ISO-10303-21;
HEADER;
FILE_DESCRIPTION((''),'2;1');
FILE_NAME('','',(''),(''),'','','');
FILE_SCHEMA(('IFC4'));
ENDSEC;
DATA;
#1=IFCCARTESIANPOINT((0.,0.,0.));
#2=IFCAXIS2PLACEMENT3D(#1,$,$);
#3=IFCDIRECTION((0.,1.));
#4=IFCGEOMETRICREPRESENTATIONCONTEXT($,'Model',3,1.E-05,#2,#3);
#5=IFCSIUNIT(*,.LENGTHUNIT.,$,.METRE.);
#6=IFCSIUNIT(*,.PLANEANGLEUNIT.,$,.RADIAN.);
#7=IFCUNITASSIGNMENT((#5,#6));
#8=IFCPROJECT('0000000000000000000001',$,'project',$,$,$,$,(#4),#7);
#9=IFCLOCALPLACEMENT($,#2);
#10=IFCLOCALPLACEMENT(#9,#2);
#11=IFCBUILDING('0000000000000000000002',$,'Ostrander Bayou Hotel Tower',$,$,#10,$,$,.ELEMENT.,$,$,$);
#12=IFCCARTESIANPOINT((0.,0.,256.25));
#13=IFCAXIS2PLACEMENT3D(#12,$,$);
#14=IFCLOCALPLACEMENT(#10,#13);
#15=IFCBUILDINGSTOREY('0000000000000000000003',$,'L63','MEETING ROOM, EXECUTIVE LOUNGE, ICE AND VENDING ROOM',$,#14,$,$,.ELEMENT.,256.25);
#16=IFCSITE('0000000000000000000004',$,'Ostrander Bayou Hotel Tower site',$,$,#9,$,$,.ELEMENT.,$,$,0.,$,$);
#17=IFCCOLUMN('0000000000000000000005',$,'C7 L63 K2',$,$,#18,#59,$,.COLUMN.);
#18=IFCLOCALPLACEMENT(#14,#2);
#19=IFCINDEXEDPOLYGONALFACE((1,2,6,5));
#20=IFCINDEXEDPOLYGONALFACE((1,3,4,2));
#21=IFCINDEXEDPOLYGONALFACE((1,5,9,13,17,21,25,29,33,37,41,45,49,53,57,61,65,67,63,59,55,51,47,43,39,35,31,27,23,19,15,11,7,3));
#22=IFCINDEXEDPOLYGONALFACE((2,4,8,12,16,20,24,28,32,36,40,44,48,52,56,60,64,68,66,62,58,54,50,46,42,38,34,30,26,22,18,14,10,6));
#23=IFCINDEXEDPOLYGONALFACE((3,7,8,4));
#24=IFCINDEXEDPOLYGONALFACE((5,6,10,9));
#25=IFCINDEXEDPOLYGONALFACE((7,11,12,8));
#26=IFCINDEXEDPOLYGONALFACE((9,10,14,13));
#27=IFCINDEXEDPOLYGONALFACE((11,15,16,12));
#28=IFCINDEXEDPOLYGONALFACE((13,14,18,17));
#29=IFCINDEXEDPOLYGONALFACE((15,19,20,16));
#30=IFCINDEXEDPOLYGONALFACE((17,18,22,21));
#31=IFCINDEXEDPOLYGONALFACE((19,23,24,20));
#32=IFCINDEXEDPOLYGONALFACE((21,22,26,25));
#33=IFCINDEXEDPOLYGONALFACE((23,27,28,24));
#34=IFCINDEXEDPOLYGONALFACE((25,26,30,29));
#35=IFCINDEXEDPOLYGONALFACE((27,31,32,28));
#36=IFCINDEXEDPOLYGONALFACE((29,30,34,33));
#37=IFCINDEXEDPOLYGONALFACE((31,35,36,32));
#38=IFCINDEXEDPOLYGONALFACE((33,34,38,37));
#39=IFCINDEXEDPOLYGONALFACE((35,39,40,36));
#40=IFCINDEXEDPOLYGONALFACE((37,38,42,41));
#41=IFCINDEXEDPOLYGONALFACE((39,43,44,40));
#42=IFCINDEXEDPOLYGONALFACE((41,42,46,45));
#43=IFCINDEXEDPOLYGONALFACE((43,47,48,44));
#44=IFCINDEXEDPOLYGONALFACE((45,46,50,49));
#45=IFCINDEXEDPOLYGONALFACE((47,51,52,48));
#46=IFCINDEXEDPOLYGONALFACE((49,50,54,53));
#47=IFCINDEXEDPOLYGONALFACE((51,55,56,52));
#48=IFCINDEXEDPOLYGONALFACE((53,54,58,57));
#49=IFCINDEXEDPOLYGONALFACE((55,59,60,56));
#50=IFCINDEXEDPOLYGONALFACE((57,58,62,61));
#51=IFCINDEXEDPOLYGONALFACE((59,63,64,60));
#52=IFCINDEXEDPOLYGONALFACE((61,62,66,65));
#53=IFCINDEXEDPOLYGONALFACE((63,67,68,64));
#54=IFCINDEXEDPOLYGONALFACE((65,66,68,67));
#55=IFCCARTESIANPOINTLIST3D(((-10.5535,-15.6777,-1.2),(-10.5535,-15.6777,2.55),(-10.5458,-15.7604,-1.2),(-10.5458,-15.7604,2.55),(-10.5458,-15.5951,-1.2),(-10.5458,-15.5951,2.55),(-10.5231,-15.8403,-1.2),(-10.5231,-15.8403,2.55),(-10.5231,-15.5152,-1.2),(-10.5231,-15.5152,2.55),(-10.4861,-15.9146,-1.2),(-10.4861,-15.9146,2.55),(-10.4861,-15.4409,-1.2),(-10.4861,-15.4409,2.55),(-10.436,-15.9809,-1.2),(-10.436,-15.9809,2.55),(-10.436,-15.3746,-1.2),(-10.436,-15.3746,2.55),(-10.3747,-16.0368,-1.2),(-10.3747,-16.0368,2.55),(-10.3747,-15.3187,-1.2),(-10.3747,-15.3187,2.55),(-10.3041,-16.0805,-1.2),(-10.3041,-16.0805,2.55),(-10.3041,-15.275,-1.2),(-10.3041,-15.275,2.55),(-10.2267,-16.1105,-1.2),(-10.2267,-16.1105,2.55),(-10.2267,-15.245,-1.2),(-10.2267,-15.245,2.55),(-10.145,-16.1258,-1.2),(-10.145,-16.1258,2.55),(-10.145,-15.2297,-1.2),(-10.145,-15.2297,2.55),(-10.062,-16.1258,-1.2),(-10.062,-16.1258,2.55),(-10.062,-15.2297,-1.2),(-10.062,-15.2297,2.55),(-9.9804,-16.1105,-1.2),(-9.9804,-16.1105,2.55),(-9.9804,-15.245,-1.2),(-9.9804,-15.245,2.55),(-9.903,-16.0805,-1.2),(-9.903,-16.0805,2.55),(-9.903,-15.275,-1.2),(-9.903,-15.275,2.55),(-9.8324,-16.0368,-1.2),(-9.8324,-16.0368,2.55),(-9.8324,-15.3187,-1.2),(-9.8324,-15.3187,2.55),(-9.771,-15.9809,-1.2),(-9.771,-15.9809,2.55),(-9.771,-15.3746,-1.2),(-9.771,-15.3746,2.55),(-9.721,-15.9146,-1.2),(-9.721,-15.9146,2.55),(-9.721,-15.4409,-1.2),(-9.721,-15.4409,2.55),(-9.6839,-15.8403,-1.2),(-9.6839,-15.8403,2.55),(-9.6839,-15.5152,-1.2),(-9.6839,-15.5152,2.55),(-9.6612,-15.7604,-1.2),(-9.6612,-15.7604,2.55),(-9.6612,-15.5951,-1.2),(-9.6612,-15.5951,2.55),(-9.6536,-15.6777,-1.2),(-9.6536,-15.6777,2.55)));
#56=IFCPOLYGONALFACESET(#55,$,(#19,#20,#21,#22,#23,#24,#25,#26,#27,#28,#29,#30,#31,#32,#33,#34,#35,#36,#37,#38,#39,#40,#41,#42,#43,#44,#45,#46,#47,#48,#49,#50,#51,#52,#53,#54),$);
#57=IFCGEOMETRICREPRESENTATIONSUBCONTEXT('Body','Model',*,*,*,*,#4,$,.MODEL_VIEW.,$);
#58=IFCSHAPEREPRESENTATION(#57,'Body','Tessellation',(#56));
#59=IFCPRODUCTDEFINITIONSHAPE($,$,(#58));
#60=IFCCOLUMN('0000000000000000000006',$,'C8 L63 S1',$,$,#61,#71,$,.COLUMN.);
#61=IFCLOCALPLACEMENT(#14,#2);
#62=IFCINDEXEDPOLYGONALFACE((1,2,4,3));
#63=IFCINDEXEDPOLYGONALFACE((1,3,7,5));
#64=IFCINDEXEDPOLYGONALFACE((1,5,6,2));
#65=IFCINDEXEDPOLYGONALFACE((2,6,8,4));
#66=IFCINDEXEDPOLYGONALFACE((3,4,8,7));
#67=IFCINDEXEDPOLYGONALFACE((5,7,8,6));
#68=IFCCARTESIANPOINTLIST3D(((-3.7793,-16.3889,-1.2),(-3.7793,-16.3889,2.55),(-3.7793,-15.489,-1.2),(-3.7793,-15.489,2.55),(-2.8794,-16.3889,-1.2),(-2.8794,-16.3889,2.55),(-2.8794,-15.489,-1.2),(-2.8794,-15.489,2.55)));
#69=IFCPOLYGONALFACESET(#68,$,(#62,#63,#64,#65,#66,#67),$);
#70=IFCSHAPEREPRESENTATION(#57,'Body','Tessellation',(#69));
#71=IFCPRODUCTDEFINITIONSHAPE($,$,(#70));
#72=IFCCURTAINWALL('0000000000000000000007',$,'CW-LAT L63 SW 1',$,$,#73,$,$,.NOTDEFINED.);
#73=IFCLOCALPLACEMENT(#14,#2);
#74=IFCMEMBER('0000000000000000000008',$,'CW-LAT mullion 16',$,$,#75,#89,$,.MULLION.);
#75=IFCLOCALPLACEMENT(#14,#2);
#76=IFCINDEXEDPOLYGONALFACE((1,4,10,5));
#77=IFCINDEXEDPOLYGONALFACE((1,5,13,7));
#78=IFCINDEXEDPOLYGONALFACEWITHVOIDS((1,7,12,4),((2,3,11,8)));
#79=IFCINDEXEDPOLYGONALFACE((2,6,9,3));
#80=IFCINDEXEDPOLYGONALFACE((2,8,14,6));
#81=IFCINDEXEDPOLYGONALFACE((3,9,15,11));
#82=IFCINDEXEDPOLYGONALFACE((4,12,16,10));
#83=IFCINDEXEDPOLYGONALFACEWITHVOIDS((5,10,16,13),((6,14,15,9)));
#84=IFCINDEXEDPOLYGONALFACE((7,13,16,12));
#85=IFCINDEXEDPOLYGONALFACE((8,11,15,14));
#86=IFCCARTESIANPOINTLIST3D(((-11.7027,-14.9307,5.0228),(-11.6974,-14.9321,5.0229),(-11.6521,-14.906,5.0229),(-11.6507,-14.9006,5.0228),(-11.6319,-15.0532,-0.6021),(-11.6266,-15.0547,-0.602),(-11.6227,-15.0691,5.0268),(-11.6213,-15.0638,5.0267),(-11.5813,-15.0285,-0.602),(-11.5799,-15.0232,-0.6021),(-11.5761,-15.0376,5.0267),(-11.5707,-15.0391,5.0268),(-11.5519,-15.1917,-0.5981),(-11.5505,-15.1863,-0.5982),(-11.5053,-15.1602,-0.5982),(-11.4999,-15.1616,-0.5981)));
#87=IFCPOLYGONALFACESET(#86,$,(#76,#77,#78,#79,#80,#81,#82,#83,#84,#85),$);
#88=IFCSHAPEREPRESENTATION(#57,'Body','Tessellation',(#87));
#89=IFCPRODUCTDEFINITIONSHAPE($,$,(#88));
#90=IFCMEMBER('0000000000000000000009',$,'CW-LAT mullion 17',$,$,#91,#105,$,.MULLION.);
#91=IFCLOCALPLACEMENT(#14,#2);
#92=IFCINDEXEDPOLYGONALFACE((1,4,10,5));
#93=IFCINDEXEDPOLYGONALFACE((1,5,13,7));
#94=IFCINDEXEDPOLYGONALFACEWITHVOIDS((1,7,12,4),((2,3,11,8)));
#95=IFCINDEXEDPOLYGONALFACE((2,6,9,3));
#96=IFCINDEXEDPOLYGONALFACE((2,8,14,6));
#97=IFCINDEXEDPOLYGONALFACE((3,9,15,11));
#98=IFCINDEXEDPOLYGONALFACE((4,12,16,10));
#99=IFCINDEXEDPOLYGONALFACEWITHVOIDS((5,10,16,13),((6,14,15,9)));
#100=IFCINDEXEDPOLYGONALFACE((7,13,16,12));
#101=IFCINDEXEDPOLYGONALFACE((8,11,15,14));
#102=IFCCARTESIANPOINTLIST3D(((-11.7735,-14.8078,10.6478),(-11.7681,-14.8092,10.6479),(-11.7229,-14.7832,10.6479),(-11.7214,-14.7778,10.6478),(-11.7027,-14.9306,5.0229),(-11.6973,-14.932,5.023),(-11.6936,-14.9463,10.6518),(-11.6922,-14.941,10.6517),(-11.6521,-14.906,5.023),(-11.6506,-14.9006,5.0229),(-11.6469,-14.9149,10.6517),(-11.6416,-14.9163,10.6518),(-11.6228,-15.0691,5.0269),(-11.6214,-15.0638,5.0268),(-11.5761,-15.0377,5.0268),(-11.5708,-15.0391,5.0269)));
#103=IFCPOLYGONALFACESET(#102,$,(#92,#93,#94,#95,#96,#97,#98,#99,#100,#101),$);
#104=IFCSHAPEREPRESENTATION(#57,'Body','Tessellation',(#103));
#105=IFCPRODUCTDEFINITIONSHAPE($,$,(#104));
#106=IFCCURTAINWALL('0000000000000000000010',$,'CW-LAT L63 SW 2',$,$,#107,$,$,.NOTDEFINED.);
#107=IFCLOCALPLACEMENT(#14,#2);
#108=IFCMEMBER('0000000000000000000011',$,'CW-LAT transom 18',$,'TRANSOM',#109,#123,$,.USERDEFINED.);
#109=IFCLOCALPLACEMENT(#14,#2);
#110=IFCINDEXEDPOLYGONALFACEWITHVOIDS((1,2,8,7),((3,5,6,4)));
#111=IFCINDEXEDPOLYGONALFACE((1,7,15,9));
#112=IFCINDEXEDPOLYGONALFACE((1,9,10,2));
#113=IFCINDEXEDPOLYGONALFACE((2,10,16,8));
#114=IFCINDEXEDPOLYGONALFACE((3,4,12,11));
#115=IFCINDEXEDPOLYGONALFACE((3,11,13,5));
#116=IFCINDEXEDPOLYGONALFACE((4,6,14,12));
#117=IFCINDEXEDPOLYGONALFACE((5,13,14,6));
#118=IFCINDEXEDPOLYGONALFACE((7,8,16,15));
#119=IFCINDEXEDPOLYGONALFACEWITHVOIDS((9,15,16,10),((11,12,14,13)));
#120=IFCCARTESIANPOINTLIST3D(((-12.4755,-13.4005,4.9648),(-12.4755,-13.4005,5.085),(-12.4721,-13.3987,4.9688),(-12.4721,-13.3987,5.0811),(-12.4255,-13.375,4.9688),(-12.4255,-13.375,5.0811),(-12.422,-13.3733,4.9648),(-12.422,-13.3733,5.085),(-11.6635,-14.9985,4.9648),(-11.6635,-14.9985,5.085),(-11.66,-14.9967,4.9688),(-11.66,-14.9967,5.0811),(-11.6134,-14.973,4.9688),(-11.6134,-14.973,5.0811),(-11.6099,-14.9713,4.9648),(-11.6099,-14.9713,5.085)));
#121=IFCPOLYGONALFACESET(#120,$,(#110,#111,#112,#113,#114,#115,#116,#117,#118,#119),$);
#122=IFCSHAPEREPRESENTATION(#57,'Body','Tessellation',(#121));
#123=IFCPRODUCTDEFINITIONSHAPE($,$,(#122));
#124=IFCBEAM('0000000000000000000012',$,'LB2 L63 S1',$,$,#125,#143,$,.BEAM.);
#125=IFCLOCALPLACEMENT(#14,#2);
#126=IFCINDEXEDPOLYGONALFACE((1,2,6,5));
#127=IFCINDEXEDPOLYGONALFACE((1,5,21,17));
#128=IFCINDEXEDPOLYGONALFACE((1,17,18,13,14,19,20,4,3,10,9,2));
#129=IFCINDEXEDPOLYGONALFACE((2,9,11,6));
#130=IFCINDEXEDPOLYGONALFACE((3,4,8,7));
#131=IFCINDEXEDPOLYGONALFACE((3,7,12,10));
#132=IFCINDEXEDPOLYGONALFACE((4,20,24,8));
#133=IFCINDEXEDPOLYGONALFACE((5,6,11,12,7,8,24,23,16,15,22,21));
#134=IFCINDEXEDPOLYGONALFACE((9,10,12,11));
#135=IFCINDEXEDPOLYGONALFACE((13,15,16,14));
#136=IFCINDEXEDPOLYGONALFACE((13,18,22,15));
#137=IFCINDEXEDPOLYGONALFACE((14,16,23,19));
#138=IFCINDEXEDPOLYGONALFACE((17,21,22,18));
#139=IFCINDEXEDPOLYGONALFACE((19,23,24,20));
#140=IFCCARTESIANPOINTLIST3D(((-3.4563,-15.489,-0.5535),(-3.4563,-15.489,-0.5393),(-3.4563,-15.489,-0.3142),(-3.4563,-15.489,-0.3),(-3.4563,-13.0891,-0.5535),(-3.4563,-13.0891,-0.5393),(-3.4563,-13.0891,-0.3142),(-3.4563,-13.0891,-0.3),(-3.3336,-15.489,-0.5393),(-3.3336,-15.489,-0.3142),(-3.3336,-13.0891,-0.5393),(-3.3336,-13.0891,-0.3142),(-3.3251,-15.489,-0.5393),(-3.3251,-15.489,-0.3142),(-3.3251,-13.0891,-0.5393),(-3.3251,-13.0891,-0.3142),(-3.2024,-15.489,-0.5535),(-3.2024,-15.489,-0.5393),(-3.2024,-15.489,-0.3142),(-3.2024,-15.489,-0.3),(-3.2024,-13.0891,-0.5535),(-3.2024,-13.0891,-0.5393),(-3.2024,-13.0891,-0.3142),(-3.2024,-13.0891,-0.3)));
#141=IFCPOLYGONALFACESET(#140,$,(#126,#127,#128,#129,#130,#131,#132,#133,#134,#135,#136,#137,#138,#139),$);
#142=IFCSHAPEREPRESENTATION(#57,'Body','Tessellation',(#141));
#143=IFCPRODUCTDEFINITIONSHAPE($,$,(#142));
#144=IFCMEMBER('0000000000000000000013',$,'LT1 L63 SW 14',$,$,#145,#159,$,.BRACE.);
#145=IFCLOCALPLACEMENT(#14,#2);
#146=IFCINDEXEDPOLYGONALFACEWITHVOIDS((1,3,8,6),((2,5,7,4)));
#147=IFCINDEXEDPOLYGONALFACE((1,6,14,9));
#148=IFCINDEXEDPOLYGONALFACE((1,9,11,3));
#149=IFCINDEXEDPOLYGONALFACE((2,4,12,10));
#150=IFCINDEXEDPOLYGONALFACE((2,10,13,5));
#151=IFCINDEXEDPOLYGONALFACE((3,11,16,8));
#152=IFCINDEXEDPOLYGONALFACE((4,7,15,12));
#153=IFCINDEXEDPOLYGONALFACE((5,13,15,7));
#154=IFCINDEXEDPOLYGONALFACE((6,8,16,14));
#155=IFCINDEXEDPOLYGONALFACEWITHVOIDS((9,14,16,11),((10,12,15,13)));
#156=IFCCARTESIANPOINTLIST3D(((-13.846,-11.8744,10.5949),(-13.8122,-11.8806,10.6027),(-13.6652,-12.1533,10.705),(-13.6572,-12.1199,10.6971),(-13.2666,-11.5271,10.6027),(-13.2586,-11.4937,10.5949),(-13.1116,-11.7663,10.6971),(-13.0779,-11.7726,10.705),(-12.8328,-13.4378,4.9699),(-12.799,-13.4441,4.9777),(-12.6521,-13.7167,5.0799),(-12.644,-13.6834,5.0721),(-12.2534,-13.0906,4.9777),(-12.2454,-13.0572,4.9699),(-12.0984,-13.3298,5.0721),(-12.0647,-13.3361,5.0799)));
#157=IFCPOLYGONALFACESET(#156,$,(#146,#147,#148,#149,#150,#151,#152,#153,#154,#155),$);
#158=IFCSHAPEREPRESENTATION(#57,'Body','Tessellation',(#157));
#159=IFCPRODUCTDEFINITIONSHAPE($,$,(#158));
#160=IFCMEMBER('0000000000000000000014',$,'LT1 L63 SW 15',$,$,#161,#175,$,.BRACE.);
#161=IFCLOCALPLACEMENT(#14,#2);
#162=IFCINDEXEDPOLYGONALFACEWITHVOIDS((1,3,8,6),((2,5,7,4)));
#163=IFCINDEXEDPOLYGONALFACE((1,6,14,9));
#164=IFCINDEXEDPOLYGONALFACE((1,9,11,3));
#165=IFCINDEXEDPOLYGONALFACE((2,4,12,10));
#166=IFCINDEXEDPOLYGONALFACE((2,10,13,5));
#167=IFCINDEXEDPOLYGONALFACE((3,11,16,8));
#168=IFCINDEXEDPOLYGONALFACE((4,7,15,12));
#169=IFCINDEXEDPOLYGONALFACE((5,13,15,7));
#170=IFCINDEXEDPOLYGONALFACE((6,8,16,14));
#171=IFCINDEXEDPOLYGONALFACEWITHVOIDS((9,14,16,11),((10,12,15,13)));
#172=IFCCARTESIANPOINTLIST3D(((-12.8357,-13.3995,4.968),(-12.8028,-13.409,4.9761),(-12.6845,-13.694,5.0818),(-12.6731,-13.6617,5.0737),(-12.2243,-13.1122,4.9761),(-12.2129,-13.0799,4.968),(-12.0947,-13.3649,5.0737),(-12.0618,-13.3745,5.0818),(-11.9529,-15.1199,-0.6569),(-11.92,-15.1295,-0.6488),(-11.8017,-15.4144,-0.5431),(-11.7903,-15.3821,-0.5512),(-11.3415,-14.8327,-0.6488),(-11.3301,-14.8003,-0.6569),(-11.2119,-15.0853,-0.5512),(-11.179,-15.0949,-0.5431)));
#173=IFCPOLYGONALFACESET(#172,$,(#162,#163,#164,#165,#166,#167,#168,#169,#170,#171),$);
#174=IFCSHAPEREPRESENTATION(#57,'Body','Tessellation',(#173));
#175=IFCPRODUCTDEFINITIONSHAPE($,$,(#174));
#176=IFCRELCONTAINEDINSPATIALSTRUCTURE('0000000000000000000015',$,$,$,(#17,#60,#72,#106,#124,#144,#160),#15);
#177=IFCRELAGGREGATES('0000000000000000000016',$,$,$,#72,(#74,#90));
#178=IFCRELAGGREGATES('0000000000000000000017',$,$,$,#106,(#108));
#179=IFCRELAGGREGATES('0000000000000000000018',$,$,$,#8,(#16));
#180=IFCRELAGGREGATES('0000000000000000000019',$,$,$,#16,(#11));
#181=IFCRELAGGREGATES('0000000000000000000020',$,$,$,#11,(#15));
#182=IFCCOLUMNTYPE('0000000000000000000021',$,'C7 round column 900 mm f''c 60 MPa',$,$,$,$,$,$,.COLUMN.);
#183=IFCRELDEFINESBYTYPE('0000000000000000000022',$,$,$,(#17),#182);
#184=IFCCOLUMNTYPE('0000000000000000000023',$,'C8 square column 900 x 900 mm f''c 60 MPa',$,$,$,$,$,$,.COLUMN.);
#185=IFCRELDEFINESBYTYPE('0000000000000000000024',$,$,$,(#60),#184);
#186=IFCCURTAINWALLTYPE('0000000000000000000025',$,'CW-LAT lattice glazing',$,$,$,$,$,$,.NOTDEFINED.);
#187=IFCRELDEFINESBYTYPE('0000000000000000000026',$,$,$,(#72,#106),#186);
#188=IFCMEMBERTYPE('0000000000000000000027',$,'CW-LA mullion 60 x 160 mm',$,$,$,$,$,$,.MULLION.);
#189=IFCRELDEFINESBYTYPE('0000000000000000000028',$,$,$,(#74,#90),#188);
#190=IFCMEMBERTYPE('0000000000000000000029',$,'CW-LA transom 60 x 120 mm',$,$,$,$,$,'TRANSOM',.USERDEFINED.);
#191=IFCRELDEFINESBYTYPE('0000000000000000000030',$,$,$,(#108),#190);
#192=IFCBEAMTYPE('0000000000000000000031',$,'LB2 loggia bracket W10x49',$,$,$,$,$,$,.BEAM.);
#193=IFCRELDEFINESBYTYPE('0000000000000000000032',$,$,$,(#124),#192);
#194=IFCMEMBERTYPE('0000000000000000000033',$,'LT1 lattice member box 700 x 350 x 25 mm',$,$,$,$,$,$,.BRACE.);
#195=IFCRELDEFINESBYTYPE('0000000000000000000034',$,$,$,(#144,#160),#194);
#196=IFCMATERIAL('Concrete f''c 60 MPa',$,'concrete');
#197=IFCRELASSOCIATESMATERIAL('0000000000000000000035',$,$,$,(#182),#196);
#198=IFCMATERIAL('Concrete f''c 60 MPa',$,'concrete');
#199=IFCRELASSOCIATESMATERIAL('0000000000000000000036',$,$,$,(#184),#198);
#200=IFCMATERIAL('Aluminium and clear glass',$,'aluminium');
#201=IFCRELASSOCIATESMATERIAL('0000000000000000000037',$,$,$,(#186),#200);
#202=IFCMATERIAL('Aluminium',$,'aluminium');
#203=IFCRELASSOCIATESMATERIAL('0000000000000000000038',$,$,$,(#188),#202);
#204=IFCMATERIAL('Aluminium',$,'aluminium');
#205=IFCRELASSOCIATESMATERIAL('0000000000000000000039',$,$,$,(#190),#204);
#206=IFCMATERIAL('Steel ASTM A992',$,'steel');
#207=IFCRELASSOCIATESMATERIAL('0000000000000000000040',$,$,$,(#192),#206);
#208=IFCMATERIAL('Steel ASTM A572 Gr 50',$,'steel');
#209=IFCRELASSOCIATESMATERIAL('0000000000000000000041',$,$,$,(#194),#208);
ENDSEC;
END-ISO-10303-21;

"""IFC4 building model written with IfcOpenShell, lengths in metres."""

from ifc_helpers import new_model, si_unit, direction, frame, origin, origin_2d, place, context, subcontext, project, spatial, rectangle, hollow_rectangle, circle, i_section, extrude, material, material_profile, profile_set, type_object, element, aggregate, save


model = new_model("IFC4")

# Units and contexts
model_context = context("Model", 3, precision=1e-05, world=origin(), true_north=direction((0.0, 1.0)))
body_context = subcontext(model_context, "Body", "Model", "MODEL_VIEW")
ifc_project = project(units=[si_unit("LENGTHUNIT", "METRE"), si_unit("PLANEANGLEUNIT", "RADIAN")], contexts=[model_context])

# Site, building, storey
site_placement = place(None, origin())
site = spatial("IfcSite", under=ifc_project, at=site_placement, Name="Ostrander Bayou Hotel Tower site", CompositionType="ELEMENT", RefElevation=0.0)
building_placement = place(site_placement, origin())
building = spatial("IfcBuilding", under=site, at=building_placement, Name="Ostrander Bayou Hotel Tower", CompositionType="ELEMENT")
storey_placement = place(building_placement, frame((0.0, 0.0, 256.25)))
storey = spatial("IfcBuildingStorey", under=building, at=storey_placement, Name="L63", Description="MEETING ROOM, EXECUTIVE LOUNGE, ICE AND VENDING ROOM", CompositionType="ELEMENT", Elevation=256.25)

# Columns
ifc_material_1 = material(Name="Concrete f'c 60 MPa", Category="concrete")
ifc_material_profile_1 = material_profile(ifc_material_1, circle(Radius=0.45, at=origin_2d()))
ifc_profile_set_1 = profile_set([ifc_material_profile_1], Name="Concrete f'c 60 MPa")
column_type_1 = type_object("IfcColumnType", Name="C7 round column 900 mm f'c 60 MPa", PredefinedType="COLUMN", material=ifc_profile_set_1)
column_1_placement = place(storey_placement, frame((-10.1035, -15.6777, -1.2), z_axis=(0.0, 0.0, 1.0), x_axis=(1.0, 0.0, 0.0)))
element("IfcColumn", 1, at=column_1_placement, inside=storey, type_object=column_type_1, Name="C7 L63 K2", PredefinedType="COLUMN", context=body_context, shape_type="SweptSolid", body=[
    extrude(circle(Radius=0.45, at=origin_2d()), origin(), (0.0, 0.0, 1.0), 3.75),
])
ifc_material_2 = material(Name="Concrete f'c 60 MPa", Category="concrete")
ifc_material_profile_2 = material_profile(ifc_material_2, rectangle(XDim=0.8999, YDim=0.8999, at=origin_2d()))
ifc_profile_set_2 = profile_set([ifc_material_profile_2], Name="Concrete f'c 60 MPa")
column_type_2 = type_object("IfcColumnType", Name="C8 square column 900 x 900 mm f'c 60 MPa", PredefinedType="COLUMN", material=ifc_profile_set_2)
column_2_placement = place(storey_placement, frame((-3.3293, -15.939, -1.2), z_axis=(0.0, 0.0, 1.0), x_axis=(-1.0, 0.0, 0.0)))
element("IfcColumn", 2, at=column_2_placement, inside=storey, type_object=column_type_2, Name="C8 L63 S1", PredefinedType="COLUMN", context=body_context, shape_type="SweptSolid", body=[
    extrude(rectangle(XDim=0.8999, YDim=0.8999, at=origin_2d()), origin(), (0.0, 0.0, 1.0), 3.75),
])

# Curtain wall, members
ifc_material_3 = material(Name="Aluminium and clear glass", Category="aluminium")
curtain_wall_type = type_object("IfcCurtainWallType", Name="CW-LAT lattice glazing", PredefinedType="NOTDEFINED", material=ifc_material_3)
curtain_wall_1_placement = place(storey_placement, origin())
curtain_wall_1 = element("IfcCurtainWall", 3, at=curtain_wall_1_placement, inside=storey, type_object=curtain_wall_type, Name="CW-LAT L63 SW 1", PredefinedType="NOTDEFINED")
ifc_material_4 = material(Name="Aluminium", Category="aluminium")
ifc_material_profile_3 = material_profile(ifc_material_4, hollow_rectangle(XDim=0.0601, YDim=0.1599, WallThickness=0.0039, at=origin_2d()))
ifc_profile_set_3 = profile_set([ifc_material_profile_3], Name="Aluminium")
member_type_1 = type_object("IfcMemberType", Name="CW-LA mullion 60 x 160 mm", PredefinedType="MULLION", material=ifc_profile_set_3)
member_1_placement = place(storey_placement, frame((-11.5659, -15.1074, -0.6001), z_axis=(-0.012583, 0.021781, 0.999684), x_axis=(-0.865898, -0.50022, 0.0)))
member_1 = element("IfcMember", 4, at=member_1_placement, type_object=member_type_1, Name="CW-LAT mullion 16", PredefinedType="MULLION", context=body_context, shape_type="SweptSolid", body=[
    extrude(hollow_rectangle(XDim=0.0601, YDim=0.1599, WallThickness=0.0039, at=origin_2d()), origin(), (0.0, 0.0, 1.0), 5.6267),
])
member_2_placement = place(storey_placement, frame((-11.6367, -14.9849, 5.0249), z_axis=(-0.012583, 0.021825, 0.999683), x_axis=(-0.866329, -0.499474, 0.0)))
member_2 = element("IfcMember", 5, at=member_2_placement, type_object=member_type_1, Name="CW-LAT mullion 17", PredefinedType="MULLION", context=body_context, shape_type="SweptSolid", body=[
    extrude(hollow_rectangle(XDim=0.0601, YDim=0.1599, WallThickness=0.0039, at=origin_2d()), origin(), (0.0, 0.0, 1.0), 5.6267),
])
aggregate(curtain_wall_1, [member_1, member_2])

# Curtain wall, member
curtain_wall_2_placement = place(storey_placement, origin())
curtain_wall_2 = element("IfcCurtainWall", 6, at=curtain_wall_2_placement, inside=storey, type_object=curtain_wall_type, Name="CW-LAT L63 SW 2", PredefinedType="NOTDEFINED")
ifc_material_5 = material(Name="Aluminium", Category="aluminium")
ifc_material_profile_4 = material_profile(ifc_material_5, hollow_rectangle(XDim=0.0601, YDim=0.1201, WallThickness=0.0039, at=origin_2d()))
ifc_profile_set_4 = profile_set([ifc_material_profile_4], Name="Aluminium")
member_type_2 = type_object("IfcMemberType", Name="CW-LA transom 60 x 120 mm", ElementType="TRANSOM", PredefinedType="USERDEFINED", material=ifc_profile_set_4)
member_3_placement = place(storey_placement, frame((-11.6367, -14.9849, 5.0249), z_axis=(-0.453034, 0.891493, 0.0), x_axis=(-0.891493, -0.453034, 0.0)))
member_3 = element("IfcMember", 7, at=member_3_placement, type_object=member_type_2, Name="CW-LAT transom 18", ObjectType="TRANSOM", PredefinedType="USERDEFINED", context=body_context, shape_type="SweptSolid", body=[
    extrude(hollow_rectangle(XDim=0.0601, YDim=0.1201, WallThickness=0.0039, at=origin_2d()), origin(), (0.0, 0.0, 1.0), 1.7925),
])
aggregate(curtain_wall_2, [member_3])

# Beam
ifc_material_6 = material(Name="Steel ASTM A992", Category="steel")
ifc_material_profile_5 = material_profile(ifc_material_6, i_section(OverallWidth=0.2539, OverallDepth=0.2534, WebThickness=0.0085, FlangeThickness=0.0142, at=origin_2d()))
ifc_profile_set_5 = profile_set([ifc_material_profile_5], Name="Steel ASTM A992")
beam_type_1 = type_object("IfcBeamType", Name="LB2 loggia bracket W10x49", PredefinedType="BEAM", material=ifc_profile_set_5)
beam_1_placement = place(storey_placement, frame((-3.3293, -15.489, -0.4268), z_axis=(0.0, 1.0, 0.0), x_axis=(-1.0, 0.0, 0.0)))
element("IfcBeam", 8, at=beam_1_placement, inside=storey, type_object=beam_type_1, Name="LB2 L63 S1", PredefinedType="BEAM", context=body_context, shape_type="SweptSolid", body=[
    extrude(i_section(OverallWidth=0.2539, OverallDepth=0.2534, WebThickness=0.0085, FlangeThickness=0.0142, at=origin_2d()), origin(), (0.0, 0.0, 1.0), 2.3999),
])

# Members
ifc_material_7 = material(Name="Steel ASTM A572 Gr 50", Category="steel")
ifc_material_profile_6 = material_profile(ifc_material_7, hollow_rectangle(XDim=0.7, YDim=0.3501, WallThickness=0.0249, at=origin_2d()))
ifc_profile_set_6 = profile_set([ifc_material_profile_6], Name="Steel ASTM A572 Gr 50")
member_type_3 = type_object("IfcMemberType", Name="LT1 lattice member box 700 x 350 x 25 mm", PredefinedType="BRACE", material=ifc_profile_set_6)
member_4_placement = place(storey_placement, frame((-12.4487, -13.387, 5.0249), z_axis=(-0.170987, 0.263855, 0.949286), x_axis=(-0.839197, -0.543827, 0.0)))
element("IfcMember", 9, at=member_4_placement, inside=storey, type_object=member_type_3, Name="LT1 L63 SW 14", PredefinedType="BRACE", context=body_context, shape_type="SweptSolid", body=[
    extrude(hollow_rectangle(XDim=0.7, YDim=0.3501, WallThickness=0.0249, at=origin_2d()), origin(), (0.0, 0.0, 1.0), 5.9255),
])
member_5_placement = place(storey_placement, frame((-12.4487, -13.387, 5.0249), z_axis=(0.148419, -0.289245, -0.945679), x_axis=(0.889707, 0.456532, 0.0)))
element("IfcMember", 10, at=member_5_placement, inside=storey, type_object=member_type_3, Name="LT1 L63 SW 15", PredefinedType="BRACE", context=body_context, shape_type="SweptSolid", body=[
    extrude(hollow_rectangle(XDim=0.7, YDim=0.3501, WallThickness=0.0249, at=origin_2d()), origin(), (0.0, 0.0, 1.0), 5.948),
])

save(model, "model.ifc")
